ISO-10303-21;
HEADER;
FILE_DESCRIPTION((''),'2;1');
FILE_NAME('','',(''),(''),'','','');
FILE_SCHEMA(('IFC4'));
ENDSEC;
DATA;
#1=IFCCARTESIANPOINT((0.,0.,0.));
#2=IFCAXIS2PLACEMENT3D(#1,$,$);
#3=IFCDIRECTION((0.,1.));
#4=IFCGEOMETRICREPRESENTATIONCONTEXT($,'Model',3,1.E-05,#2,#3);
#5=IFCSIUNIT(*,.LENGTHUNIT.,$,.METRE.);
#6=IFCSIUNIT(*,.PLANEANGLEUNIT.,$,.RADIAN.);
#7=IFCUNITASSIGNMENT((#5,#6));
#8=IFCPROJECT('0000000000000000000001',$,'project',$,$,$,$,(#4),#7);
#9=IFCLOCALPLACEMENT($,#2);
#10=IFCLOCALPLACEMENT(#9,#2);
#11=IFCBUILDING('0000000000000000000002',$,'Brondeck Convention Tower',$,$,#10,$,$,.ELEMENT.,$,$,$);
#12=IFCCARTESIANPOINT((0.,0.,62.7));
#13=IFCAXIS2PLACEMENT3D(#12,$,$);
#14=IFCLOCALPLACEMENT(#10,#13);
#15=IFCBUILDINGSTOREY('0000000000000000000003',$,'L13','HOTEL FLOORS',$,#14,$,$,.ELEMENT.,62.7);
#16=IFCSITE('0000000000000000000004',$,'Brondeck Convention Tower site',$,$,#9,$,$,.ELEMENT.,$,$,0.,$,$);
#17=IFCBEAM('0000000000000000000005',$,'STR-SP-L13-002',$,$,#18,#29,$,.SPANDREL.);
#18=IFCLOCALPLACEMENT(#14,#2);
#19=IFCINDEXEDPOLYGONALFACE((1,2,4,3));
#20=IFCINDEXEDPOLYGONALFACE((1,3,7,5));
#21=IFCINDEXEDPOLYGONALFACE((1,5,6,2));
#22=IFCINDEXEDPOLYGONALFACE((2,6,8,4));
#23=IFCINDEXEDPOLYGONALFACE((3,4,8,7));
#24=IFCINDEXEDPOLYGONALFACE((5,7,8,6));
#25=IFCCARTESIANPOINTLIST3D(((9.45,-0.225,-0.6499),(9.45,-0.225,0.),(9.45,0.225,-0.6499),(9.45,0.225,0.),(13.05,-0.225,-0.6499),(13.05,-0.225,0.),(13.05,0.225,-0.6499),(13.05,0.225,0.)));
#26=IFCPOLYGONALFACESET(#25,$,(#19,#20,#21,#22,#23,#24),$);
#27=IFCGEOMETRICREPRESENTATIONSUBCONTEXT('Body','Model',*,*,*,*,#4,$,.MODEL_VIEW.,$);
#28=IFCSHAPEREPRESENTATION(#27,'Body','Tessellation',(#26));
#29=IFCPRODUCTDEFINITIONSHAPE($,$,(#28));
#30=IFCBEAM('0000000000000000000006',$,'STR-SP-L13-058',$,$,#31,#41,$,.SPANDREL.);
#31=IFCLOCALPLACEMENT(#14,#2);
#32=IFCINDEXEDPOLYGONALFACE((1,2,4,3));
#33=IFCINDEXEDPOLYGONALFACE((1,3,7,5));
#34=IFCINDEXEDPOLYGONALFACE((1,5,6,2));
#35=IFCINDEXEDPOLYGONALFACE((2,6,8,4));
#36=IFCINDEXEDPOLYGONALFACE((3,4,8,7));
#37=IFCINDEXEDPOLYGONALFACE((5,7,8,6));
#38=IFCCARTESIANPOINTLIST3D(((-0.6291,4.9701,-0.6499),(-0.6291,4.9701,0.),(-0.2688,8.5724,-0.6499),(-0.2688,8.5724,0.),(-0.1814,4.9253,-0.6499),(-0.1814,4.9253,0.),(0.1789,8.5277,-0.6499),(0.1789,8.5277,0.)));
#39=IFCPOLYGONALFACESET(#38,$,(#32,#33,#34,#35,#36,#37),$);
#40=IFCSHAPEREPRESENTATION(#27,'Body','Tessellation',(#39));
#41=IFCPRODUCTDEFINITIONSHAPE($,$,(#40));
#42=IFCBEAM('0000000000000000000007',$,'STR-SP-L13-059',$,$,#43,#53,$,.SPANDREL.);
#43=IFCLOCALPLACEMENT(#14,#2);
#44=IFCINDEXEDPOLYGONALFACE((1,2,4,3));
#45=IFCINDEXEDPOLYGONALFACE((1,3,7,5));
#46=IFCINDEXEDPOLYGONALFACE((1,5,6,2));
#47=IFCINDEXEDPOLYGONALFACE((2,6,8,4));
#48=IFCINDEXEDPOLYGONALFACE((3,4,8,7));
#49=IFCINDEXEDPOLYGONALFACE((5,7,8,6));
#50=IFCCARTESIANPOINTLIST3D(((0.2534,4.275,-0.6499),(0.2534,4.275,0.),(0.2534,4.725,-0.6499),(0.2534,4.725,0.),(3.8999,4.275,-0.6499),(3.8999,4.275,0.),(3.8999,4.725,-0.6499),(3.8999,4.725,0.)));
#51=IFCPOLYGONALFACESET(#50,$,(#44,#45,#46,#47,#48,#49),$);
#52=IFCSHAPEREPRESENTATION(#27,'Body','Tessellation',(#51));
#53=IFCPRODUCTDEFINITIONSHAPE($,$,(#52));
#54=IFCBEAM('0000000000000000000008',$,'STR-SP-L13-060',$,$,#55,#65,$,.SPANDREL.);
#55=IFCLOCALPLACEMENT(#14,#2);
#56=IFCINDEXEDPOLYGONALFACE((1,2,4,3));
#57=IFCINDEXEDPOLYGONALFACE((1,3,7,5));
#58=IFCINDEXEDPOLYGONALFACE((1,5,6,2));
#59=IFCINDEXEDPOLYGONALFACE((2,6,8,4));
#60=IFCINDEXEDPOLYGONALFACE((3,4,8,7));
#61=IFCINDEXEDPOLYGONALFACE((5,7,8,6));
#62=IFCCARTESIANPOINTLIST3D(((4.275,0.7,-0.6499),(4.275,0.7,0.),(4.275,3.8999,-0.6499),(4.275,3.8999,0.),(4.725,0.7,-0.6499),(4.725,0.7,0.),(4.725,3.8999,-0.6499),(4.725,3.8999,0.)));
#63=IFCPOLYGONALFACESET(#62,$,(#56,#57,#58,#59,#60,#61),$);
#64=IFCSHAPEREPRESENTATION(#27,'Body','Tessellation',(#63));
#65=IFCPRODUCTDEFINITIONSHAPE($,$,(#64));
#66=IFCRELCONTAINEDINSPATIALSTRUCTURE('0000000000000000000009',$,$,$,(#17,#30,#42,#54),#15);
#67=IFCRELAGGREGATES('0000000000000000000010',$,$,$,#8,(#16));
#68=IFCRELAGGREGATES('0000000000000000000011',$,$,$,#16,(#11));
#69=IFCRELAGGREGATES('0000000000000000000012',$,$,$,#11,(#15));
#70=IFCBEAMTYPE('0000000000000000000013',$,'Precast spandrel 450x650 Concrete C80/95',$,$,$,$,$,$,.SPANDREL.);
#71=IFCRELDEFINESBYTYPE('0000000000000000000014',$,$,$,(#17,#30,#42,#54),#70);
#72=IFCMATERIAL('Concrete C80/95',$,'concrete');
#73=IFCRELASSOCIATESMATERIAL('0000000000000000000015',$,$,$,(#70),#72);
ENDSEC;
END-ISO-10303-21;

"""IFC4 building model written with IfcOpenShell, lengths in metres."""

from ifc_helpers import new_model, si_unit, direction, frame, origin, origin_2d, place, context, subcontext, project, spatial, rectangle, extrude, material, material_profile, profile_set, type_object, element, save


model = new_model("IFC4")

# Units and contexts
model_context = context("Model", 3, precision=1e-05, world=origin(), true_north=direction((0.0, 1.0)))
body_context = subcontext(model_context, "Body", "Model", "MODEL_VIEW")
ifc_project = project(units=[si_unit("LENGTHUNIT", "METRE"), si_unit("PLANEANGLEUNIT", "RADIAN")], contexts=[model_context])

# Site, building, storey
site_placement = place(None, origin())
site = spatial("IfcSite", under=ifc_project, at=site_placement, Name="Brondeck Convention Tower site", CompositionType="ELEMENT", RefElevation=0.0)
building_placement = place(site_placement, origin())
building = spatial("IfcBuilding", under=site, at=building_placement, Name="Brondeck Convention Tower", CompositionType="ELEMENT")
storey_placement = place(building_placement, frame((0.0, 0.0, 62.7)))
storey = spatial("IfcBuildingStorey", under=building, at=storey_placement, Name="L13", Description="HOTEL FLOORS", CompositionType="ELEMENT", Elevation=62.7)

# Shared definitions
ifc_material_1 = material(Name="Concrete C80/95", Category="concrete")

# Beams
ifc_material_profile_1 = material_profile(ifc_material_1, rectangle(XDim=0.45, YDim=0.6499, at=origin_2d()), Name="Precast spandrel 450x650 Concrete C80/95")
ifc_profile_set_1 = profile_set([ifc_material_profile_1], Name="Concrete C80/95")
beam_type_1 = type_object("IfcBeamType", Name="Precast spandrel 450x650 Concrete C80/95", PredefinedType="SPANDREL", material=ifc_profile_set_1)
for number, where, z_axis, x_axis, name in (
    (1, (9.45, 0.0, -0.325), (1.0, 0.0, 0.0), (0.0, 1.0, 0.0), "STR-SP-L13-002"),
):
    element("IfcBeam", number, at=place(storey_placement, frame(where, z_axis=z_axis, x_axis=x_axis)), inside=storey, type_object=beam_type_1, Name=name, PredefinedType="SPANDREL", context=body_context, shape_type="SweptSolid", body=[
        extrude(rectangle(XDim=0.45, YDim=0.6499, at=origin_2d()), origin(), (0.0, 0.0, 1.0), 3.6001),
    ])
beam_1_placement = place(storey_placement, frame((-0.0449, 8.55, -0.325), z_axis=(-0.099537, -0.995034, 0.0), x_axis=(0.995034, -0.099537, 0.0)))
element("IfcBeam", 2, at=beam_1_placement, inside=storey, type_object=beam_type_1, Name="STR-SP-L13-058", PredefinedType="SPANDREL", context=body_context, shape_type="SweptSolid", body=[
    extrude(rectangle(XDim=0.45, YDim=0.6499, at=origin_2d()), origin(), (0.0, 0.0, 1.0), 3.6204),
])
beam_2_placement = place(storey_placement, frame((0.2534, 4.5, -0.325), z_axis=(1.0, 0.0, 0.0), x_axis=(0.0, 1.0, 0.0)))
element("IfcBeam", 3, at=beam_2_placement, inside=storey, type_object=beam_type_1, Name="STR-SP-L13-059", PredefinedType="SPANDREL", context=body_context, shape_type="SweptSolid", body=[
    extrude(rectangle(XDim=0.45, YDim=0.6499, at=origin_2d()), origin(), (0.0, 0.0, 1.0), 3.6465),
])
beam_3_placement = place(storey_placement, frame((4.5, 3.8999, -0.325), z_axis=(0.0, -1.0, 0.0), x_axis=(1.0, 0.0, 0.0)))
element("IfcBeam", 4, at=beam_3_placement, inside=storey, type_object=beam_type_1, Name="STR-SP-L13-060", PredefinedType="SPANDREL", context=body_context, shape_type="SweptSolid", body=[
    extrude(rectangle(XDim=0.45, YDim=0.6499, at=origin_2d()), origin(), (0.0, 0.0, 1.0), 3.2),
])

save(model, "model.ifc")
